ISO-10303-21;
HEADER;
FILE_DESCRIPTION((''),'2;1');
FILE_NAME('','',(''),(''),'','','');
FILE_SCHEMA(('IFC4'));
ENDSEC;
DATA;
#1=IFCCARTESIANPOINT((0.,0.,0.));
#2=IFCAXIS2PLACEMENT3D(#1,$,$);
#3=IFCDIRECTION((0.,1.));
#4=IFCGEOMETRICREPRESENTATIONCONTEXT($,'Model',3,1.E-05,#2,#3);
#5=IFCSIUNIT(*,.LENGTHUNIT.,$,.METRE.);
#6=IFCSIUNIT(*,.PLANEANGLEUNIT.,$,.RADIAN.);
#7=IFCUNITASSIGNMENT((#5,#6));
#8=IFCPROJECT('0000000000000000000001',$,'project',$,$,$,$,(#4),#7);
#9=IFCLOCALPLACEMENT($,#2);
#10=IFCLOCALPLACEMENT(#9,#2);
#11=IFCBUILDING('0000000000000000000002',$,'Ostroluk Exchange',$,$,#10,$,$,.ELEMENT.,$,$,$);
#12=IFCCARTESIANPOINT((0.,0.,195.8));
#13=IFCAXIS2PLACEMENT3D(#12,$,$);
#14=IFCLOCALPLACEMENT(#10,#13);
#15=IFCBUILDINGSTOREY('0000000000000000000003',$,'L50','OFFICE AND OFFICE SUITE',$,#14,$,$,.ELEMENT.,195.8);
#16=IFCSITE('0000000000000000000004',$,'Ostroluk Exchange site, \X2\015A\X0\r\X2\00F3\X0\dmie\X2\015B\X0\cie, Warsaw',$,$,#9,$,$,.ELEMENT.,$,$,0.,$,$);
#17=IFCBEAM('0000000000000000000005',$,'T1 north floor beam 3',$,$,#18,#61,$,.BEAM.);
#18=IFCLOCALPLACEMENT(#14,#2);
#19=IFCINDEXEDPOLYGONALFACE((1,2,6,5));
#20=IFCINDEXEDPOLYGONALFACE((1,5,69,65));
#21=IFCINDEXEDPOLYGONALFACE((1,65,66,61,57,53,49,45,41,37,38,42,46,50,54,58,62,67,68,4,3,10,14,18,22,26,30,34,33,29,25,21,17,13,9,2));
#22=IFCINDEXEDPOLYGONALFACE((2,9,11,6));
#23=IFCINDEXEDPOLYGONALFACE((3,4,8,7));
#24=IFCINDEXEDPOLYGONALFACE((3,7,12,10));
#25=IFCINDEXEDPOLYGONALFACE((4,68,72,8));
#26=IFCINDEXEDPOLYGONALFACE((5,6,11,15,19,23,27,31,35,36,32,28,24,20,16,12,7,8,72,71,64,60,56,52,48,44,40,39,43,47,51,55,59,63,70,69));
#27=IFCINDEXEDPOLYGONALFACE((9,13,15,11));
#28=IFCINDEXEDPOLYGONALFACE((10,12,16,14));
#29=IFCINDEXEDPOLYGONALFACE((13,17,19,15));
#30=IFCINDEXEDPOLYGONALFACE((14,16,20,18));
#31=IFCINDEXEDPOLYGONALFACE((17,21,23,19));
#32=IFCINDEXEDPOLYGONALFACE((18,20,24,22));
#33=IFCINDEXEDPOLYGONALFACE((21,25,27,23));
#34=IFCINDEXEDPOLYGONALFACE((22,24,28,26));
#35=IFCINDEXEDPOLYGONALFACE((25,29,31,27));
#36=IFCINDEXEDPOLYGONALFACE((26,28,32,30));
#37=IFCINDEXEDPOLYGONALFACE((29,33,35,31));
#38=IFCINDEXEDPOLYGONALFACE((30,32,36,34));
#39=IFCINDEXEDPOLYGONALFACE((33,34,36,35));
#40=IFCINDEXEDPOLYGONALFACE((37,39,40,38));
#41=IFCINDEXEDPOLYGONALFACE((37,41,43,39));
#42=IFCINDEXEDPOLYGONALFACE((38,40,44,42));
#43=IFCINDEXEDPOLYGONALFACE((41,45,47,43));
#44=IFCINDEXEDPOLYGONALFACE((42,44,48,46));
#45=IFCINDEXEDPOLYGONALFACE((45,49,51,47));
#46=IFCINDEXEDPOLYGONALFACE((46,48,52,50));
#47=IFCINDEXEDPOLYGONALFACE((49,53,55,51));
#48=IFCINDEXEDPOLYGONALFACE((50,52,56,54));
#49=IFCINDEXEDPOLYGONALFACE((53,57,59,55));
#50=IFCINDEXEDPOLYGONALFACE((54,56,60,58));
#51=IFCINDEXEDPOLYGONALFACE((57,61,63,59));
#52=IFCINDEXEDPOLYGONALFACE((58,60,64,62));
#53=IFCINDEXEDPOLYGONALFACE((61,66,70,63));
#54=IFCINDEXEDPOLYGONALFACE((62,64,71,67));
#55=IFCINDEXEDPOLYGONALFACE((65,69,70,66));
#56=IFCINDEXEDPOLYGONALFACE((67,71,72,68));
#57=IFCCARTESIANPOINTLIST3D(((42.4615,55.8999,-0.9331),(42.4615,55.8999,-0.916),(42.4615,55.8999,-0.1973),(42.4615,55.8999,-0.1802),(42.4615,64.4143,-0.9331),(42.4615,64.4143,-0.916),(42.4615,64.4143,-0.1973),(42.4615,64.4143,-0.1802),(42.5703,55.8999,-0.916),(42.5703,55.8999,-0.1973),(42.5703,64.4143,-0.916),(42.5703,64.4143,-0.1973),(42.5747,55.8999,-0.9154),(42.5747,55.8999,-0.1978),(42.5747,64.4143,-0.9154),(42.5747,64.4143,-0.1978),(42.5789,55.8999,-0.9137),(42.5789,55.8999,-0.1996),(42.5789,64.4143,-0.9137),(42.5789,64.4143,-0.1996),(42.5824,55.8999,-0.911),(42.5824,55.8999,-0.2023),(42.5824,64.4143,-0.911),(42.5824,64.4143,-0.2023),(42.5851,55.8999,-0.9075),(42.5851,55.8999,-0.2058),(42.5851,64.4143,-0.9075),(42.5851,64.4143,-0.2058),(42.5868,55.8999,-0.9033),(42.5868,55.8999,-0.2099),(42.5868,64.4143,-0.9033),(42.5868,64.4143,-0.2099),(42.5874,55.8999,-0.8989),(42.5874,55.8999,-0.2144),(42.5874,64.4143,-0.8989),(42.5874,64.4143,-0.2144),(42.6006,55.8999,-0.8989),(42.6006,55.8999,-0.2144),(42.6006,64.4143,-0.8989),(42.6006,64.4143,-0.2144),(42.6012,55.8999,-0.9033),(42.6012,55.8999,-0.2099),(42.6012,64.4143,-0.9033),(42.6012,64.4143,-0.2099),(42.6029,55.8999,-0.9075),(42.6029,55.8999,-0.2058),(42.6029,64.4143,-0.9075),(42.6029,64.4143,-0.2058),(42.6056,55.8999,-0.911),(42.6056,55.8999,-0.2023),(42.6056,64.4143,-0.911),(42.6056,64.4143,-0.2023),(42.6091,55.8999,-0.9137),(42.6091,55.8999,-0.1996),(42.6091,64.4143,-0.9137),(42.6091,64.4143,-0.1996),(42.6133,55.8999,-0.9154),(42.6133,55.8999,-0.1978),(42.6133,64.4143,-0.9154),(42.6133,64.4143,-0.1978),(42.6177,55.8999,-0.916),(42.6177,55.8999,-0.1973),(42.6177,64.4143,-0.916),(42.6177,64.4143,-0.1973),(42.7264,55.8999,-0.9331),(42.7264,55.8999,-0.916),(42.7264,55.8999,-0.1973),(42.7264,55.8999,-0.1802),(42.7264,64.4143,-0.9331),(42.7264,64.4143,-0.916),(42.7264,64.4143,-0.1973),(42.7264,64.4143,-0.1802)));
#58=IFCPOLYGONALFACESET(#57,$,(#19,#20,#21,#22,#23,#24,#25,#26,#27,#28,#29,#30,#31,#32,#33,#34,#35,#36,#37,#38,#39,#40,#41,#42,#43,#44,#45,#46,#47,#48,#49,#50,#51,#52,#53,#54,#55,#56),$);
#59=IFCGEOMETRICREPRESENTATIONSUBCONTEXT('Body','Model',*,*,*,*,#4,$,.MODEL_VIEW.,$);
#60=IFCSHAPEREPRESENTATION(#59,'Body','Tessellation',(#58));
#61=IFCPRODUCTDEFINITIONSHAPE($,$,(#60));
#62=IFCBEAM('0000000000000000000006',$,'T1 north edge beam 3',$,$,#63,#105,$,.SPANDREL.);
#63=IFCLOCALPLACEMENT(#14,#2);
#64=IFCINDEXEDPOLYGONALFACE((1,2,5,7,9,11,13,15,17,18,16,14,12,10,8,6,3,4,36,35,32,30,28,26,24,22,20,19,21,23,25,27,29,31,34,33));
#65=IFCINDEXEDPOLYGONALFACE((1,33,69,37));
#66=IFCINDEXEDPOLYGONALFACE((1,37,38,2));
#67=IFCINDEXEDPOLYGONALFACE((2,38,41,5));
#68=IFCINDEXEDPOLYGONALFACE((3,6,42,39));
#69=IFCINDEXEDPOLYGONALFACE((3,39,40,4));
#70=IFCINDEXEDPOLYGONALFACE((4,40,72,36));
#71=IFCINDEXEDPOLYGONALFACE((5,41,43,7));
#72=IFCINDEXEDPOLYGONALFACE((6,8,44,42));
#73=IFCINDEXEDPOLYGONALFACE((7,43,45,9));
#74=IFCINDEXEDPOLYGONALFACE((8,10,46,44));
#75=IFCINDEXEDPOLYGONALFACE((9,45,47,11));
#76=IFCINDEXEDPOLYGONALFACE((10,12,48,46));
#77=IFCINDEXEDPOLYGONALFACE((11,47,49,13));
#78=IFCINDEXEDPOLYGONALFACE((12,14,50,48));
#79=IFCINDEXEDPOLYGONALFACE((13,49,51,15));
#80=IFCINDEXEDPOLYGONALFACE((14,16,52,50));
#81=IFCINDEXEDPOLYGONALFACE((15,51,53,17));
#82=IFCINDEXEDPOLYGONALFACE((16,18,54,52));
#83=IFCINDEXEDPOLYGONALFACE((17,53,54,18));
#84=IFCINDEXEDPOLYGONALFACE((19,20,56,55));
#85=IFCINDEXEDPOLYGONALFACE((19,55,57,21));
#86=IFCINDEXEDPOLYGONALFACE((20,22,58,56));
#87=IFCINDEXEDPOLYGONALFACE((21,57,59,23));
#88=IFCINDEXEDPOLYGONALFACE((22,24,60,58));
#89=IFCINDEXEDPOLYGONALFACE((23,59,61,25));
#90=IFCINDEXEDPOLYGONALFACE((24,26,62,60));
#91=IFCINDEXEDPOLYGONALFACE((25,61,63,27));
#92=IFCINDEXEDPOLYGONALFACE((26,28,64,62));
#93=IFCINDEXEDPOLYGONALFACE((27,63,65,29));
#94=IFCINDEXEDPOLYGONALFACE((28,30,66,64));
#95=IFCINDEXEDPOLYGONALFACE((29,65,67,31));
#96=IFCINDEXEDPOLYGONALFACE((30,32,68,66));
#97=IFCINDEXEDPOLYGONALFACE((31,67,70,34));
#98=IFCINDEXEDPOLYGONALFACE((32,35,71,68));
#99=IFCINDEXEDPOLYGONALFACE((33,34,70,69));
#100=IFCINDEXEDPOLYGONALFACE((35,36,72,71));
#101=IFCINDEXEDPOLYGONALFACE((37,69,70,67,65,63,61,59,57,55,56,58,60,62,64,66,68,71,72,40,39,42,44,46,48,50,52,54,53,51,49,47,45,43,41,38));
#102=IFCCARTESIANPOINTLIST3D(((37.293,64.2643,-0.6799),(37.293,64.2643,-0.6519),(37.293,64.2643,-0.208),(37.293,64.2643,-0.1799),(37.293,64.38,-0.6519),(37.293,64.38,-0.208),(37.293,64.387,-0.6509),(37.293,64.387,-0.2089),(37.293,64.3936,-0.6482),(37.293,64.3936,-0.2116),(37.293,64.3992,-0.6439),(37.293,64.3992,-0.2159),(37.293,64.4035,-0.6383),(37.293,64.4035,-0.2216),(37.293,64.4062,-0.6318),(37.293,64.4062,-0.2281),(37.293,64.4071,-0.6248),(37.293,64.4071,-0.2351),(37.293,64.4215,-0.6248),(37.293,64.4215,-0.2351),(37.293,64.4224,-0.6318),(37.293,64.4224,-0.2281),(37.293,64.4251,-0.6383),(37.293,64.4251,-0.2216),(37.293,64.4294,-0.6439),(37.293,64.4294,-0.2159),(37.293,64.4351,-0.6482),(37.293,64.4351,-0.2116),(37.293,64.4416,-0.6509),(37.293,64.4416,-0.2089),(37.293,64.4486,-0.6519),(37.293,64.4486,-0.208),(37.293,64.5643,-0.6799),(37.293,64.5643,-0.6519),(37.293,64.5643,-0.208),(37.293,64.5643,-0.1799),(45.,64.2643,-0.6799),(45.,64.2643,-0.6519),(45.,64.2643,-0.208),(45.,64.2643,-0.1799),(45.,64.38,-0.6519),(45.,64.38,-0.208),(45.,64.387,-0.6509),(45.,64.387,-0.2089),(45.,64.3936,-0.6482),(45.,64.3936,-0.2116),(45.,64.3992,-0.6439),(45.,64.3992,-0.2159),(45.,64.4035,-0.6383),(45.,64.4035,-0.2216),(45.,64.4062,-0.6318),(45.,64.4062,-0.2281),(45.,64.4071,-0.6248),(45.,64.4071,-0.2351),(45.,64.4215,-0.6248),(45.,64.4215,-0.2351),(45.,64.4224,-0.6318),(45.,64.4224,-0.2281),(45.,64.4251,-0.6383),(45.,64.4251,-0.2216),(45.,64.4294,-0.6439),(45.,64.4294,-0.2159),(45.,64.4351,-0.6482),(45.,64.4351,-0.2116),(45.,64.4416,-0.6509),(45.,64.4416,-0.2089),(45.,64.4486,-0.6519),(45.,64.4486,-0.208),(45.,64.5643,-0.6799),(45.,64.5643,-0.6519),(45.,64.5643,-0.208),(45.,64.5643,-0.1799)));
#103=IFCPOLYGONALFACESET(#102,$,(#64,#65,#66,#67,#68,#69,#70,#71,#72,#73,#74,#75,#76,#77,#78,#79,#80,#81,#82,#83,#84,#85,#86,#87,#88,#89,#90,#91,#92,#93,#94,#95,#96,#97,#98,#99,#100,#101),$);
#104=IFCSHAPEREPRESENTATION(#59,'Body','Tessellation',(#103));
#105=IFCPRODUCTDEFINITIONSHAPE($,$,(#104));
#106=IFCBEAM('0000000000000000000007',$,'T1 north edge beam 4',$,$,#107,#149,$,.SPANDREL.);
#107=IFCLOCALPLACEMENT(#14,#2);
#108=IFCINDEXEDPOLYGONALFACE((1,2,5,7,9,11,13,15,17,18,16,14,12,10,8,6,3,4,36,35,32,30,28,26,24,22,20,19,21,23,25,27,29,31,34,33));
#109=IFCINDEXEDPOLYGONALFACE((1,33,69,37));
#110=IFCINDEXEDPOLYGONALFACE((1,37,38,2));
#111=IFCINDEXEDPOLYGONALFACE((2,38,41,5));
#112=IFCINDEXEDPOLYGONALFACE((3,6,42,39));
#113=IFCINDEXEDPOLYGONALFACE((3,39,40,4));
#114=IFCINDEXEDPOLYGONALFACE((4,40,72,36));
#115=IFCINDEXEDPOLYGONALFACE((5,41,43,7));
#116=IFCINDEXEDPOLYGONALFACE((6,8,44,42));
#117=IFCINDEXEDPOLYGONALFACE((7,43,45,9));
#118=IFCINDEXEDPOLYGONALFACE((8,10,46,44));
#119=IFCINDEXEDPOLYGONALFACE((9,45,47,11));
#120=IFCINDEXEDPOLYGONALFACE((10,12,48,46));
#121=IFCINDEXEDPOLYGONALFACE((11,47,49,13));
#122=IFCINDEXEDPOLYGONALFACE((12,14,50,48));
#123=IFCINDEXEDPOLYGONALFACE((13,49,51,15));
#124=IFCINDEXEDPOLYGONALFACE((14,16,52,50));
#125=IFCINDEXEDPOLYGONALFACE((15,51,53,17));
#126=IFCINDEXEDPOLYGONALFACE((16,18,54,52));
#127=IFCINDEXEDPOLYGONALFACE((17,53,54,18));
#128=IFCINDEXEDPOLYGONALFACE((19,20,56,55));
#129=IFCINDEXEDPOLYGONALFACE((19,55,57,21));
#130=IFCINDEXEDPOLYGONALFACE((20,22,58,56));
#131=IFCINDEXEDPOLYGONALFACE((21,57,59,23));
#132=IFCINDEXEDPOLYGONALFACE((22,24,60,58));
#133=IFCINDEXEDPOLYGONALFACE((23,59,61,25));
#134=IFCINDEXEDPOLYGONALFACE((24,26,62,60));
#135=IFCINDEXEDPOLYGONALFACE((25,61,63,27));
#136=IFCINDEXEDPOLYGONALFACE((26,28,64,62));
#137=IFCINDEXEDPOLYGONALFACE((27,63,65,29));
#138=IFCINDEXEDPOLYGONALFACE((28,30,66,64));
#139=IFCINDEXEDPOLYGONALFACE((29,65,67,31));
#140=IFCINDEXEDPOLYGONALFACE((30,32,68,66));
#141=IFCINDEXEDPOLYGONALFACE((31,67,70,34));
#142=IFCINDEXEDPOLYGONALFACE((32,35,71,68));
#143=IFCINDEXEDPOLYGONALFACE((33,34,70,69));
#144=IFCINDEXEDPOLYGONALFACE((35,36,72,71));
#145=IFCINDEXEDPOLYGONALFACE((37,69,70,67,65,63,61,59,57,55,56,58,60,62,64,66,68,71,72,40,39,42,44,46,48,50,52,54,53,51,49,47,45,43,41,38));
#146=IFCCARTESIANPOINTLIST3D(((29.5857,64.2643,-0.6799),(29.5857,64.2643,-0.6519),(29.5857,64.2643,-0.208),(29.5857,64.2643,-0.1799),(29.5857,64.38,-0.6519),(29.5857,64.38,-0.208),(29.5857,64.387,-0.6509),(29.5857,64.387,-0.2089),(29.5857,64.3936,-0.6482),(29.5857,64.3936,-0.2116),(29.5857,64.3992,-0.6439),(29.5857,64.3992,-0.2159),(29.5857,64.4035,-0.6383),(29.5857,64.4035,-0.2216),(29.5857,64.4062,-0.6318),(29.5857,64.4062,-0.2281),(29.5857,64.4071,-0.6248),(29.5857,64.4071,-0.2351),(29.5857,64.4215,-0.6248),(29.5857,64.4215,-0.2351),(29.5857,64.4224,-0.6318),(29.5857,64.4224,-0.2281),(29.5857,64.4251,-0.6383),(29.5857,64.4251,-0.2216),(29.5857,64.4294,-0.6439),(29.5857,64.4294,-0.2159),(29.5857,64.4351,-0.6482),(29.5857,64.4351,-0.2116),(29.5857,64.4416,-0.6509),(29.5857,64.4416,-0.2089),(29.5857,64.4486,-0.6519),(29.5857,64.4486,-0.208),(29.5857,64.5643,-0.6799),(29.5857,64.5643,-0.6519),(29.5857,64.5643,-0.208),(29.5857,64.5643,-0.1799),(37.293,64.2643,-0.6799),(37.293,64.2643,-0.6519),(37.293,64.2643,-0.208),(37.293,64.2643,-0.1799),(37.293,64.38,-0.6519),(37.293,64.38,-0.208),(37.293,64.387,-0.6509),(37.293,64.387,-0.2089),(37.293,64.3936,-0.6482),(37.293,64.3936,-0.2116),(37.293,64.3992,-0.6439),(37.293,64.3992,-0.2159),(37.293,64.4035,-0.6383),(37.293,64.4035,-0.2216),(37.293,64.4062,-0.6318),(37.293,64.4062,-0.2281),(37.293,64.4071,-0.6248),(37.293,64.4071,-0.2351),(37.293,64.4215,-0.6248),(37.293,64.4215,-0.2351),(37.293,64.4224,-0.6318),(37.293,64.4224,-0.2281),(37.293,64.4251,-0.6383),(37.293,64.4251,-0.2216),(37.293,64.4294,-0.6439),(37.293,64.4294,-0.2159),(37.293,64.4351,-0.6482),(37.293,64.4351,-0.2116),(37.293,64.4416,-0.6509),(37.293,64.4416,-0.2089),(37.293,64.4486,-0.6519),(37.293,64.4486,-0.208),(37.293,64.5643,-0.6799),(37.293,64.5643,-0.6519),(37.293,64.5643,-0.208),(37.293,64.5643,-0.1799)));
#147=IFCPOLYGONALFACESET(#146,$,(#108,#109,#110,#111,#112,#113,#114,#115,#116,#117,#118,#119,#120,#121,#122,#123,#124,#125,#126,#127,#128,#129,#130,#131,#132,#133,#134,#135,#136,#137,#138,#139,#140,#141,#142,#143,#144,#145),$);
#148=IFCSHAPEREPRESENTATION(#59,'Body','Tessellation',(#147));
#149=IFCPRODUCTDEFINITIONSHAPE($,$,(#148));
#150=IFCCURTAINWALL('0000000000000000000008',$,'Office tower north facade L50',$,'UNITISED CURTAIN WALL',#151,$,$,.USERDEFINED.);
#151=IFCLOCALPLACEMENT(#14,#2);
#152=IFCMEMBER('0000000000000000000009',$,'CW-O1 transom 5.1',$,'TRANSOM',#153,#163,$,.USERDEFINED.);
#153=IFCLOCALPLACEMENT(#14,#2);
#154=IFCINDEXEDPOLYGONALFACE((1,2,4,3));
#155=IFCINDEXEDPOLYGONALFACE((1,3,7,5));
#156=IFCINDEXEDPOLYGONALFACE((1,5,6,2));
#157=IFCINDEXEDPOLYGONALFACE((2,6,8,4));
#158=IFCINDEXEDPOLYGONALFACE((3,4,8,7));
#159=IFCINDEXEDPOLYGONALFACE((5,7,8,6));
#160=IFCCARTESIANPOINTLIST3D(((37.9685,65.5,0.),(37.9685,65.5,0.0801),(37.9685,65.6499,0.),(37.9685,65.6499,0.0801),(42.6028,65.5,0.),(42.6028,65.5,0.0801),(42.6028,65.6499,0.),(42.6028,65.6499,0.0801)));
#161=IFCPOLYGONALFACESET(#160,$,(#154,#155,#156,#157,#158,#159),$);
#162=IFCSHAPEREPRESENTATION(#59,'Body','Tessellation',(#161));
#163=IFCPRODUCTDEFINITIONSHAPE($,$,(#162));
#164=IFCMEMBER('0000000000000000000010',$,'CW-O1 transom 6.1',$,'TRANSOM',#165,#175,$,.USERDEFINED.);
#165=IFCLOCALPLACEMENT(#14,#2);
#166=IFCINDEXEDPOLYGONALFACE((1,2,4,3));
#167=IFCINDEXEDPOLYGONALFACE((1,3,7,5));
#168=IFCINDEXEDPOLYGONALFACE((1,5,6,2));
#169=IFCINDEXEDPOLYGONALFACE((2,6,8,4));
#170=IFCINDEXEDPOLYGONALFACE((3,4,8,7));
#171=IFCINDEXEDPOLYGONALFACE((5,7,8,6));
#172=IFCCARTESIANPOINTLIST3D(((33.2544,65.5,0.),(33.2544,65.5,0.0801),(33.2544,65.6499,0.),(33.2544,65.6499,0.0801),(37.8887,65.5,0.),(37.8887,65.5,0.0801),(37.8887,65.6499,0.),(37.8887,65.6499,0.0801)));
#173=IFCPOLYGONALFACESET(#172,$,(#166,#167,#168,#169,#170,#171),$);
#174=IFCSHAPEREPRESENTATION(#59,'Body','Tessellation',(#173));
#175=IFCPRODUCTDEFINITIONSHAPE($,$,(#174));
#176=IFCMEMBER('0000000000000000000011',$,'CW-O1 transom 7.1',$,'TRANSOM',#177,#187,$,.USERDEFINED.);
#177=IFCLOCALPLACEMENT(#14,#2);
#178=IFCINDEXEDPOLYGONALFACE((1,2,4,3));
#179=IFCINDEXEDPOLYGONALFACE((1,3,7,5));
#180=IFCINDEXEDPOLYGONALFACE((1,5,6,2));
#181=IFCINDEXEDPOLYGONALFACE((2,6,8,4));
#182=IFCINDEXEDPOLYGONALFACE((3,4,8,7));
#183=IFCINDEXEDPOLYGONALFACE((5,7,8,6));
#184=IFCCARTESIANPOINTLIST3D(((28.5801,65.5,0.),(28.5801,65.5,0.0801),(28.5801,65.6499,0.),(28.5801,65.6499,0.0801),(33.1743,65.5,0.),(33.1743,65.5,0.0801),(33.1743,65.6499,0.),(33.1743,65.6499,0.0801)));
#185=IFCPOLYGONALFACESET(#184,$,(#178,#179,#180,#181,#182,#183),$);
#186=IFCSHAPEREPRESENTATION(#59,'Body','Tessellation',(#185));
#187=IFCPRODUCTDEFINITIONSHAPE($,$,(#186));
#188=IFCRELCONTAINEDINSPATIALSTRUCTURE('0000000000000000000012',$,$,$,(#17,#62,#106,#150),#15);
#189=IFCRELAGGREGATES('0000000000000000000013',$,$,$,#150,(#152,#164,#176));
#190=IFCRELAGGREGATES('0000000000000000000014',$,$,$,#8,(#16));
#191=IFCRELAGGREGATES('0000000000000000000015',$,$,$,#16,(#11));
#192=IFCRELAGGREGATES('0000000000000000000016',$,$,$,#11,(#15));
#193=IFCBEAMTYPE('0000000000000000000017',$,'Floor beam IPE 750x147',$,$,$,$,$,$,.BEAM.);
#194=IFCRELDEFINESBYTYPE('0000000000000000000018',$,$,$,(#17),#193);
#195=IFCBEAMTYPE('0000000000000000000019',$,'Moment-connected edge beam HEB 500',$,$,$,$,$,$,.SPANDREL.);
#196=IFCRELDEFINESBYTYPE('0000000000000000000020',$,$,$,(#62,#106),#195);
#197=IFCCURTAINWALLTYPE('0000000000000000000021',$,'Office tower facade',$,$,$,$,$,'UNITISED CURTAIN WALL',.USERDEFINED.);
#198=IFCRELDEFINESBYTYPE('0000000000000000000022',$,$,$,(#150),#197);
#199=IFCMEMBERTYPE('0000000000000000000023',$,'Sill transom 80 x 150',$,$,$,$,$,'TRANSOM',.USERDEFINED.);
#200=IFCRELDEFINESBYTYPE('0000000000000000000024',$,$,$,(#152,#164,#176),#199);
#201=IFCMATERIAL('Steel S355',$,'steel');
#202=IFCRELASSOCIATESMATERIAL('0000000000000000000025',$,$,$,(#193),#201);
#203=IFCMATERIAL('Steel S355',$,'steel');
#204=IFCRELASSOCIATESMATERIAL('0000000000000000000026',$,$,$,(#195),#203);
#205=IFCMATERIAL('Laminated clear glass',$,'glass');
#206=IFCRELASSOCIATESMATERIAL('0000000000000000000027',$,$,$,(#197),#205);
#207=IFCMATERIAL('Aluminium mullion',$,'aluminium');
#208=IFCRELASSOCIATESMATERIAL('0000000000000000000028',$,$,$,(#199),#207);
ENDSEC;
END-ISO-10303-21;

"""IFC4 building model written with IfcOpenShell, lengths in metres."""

from ifc_helpers import new_model, si_unit, direction, frame, origin, origin_2d, place, context, subcontext, project, spatial, rectangle, i_section, extrude, material, material_profile, profile_set, type_object, element, aggregate, save


model = new_model("IFC4")

# Units and contexts
model_context = context("Model", 3, precision=1e-05, world=origin(), true_north=direction((0.0, 1.0)))
body_context = subcontext(model_context, "Body", "Model", "MODEL_VIEW")
ifc_project = project(units=[si_unit("LENGTHUNIT", "METRE"), si_unit("PLANEANGLEUNIT", "RADIAN")], contexts=[model_context])

# Site, building, storey
site_placement = place(None, origin())
site = spatial("IfcSite", under=ifc_project, at=site_placement, Name="Ostroluk Exchange site, Śródmieście, Warsaw", CompositionType="ELEMENT", RefElevation=0.0)
building_placement = place(site_placement, origin())
building = spatial("IfcBuilding", under=site, at=building_placement, Name="Ostroluk Exchange", CompositionType="ELEMENT")
storey_placement = place(building_placement, frame((0.0, 0.0, 195.8)))
storey = spatial("IfcBuildingStorey", under=building, at=storey_placement, Name="L50", Description="OFFICE AND OFFICE SUITE", CompositionType="ELEMENT", Elevation=195.8)

# Beams
ifc_material_1 = material(Name="Steel S355", Category="steel")
ifc_material_profile_1 = material_profile(ifc_material_1, i_section(OverallWidth=0.2649, OverallDepth=0.7529, WebThickness=0.0132, FlangeThickness=0.0171, FilletRadius=0.0171, at=origin_2d()), Name="IPE 750x147")
ifc_profile_set_1 = profile_set([ifc_material_profile_1], Name="Steel S355")
beam_type_1 = type_object("IfcBeamType", Name="Floor beam IPE 750x147", PredefinedType="BEAM", material=ifc_profile_set_1)
beam_1_placement = place(storey_placement, frame((42.594, 55.8999, -0.5566), z_axis=(0.0, 1.0, 0.0), x_axis=(-1.0, 0.0, 0.0)))
element("IfcBeam", 1, at=beam_1_placement, inside=storey, type_object=beam_type_1, Name="T1 north floor beam 3", PredefinedType="BEAM", context=body_context, shape_type="SweptSolid", body=[
    extrude(i_section(OverallWidth=0.2649, OverallDepth=0.7529, WebThickness=0.0132, FlangeThickness=0.0171, FilletRadius=0.0171, at=origin_2d()), origin(), (0.0, 0.0, 1.0), 8.5144),
])
ifc_material_2 = material(Name="Steel S355", Category="steel")
ifc_material_profile_2 = material_profile(ifc_material_2, i_section(OverallWidth=0.3, OverallDepth=0.5, WebThickness=0.0144, FlangeThickness=0.0281, FilletRadius=0.0271, at=origin_2d()), Name="HEB 500")
ifc_profile_set_2 = profile_set([ifc_material_profile_2], Name="Steel S355")
beam_type_2 = type_object("IfcBeamType", Name="Moment-connected edge beam HEB 500", PredefinedType="SPANDREL", material=ifc_profile_set_2)
beam_2_placement = place(storey_placement, frame((45.0, 64.4143, -0.4299), z_axis=(-1.0, 0.0, 0.0), x_axis=(0.0, -1.0, 0.0)))
element("IfcBeam", 2, at=beam_2_placement, inside=storey, type_object=beam_type_2, Name="T1 north edge beam 3", PredefinedType="SPANDREL", context=body_context, shape_type="SweptSolid", body=[
    extrude(i_section(OverallWidth=0.3, OverallDepth=0.5, WebThickness=0.0144, FlangeThickness=0.0281, FilletRadius=0.0271, at=origin_2d()), origin(), (0.0, 0.0, 1.0), 7.707),
])
beam_3_placement = place(storey_placement, frame((37.293, 64.4143, -0.4299), z_axis=(-1.0, 0.0, 0.0), x_axis=(0.0, -1.0, 0.0)))
element("IfcBeam", 3, at=beam_3_placement, inside=storey, type_object=beam_type_2, Name="T1 north edge beam 4", PredefinedType="SPANDREL", context=body_context, shape_type="SweptSolid", body=[
    extrude(i_section(OverallWidth=0.3, OverallDepth=0.5, WebThickness=0.0144, FlangeThickness=0.0281, FilletRadius=0.0271, at=origin_2d()), origin(), (0.0, 0.0, 1.0), 7.7073),
])

# Curtain wall, members
ifc_material_3 = material(Name="Laminated clear glass", Category="glass")
curtain_wall_type = type_object("IfcCurtainWallType", Name="Office tower facade", ElementType="UNITISED CURTAIN WALL", PredefinedType="USERDEFINED", material=ifc_material_3)
curtain_wall_placement = place(storey_placement, origin())
curtain_wall = element("IfcCurtainWall", 4, at=curtain_wall_placement, inside=storey, type_object=curtain_wall_type, Name="Office tower north facade L50", ObjectType="UNITISED CURTAIN WALL", PredefinedType="USERDEFINED")
ifc_material_4 = material(Name="Aluminium mullion", Category="aluminium")
ifc_material_profile_3 = material_profile(ifc_material_4, rectangle(XDim=0.1499, YDim=0.0801, at=origin_2d()), Name="Sill transom 80 x 150")
ifc_profile_set_3 = profile_set([ifc_material_profile_3], Name="Aluminium mullion")
member_type_1 = type_object("IfcMemberType", Name="Sill transom 80 x 150", ElementType="TRANSOM", PredefinedType="USERDEFINED", material=ifc_profile_set_3)
member_1_placement = place(storey_placement, frame((42.6028, 65.575, 0.04), z_axis=(-1.0, 0.0, 0.0), x_axis=(0.0, -1.0, 0.0)))
member_1 = element("IfcMember", 5, at=member_1_placement, type_object=member_type_1, Name="CW-O1 transom 5.1", ObjectType="TRANSOM", PredefinedType="USERDEFINED", context=body_context, shape_type="SweptSolid", body=[
    extrude(rectangle(XDim=0.1499, YDim=0.0801, at=origin_2d()), origin(), (0.0, 0.0, 1.0), 4.6343),
])
member_2_placement = place(storey_placement, frame((37.8887, 65.575, 0.04), z_axis=(-1.0, 0.0, 0.0), x_axis=(0.0, -1.0, 0.0)))
member_2 = element("IfcMember", 6, at=member_2_placement, type_object=member_type_1, Name="CW-O1 transom 6.1", ObjectType="TRANSOM", PredefinedType="USERDEFINED", context=body_context, shape_type="SweptSolid", body=[
    extrude(rectangle(XDim=0.1499, YDim=0.0801, at=origin_2d()), origin(), (0.0, 0.0, 1.0), 4.6343),
])
member_3_placement = place(storey_placement, frame((33.1743, 65.575, 0.04), z_axis=(-1.0, 0.0, 0.0), x_axis=(0.0, -1.0, 0.0)))
member_3 = element("IfcMember", 7, at=member_3_placement, type_object=member_type_1, Name="CW-O1 transom 7.1", ObjectType="TRANSOM", PredefinedType="USERDEFINED", context=body_context, shape_type="SweptSolid", body=[
    extrude(rectangle(XDim=0.1499, YDim=0.0801, at=origin_2d()), origin(), (0.0, 0.0, 1.0), 4.5942),
])
aggregate(curtain_wall, [member_1, member_2, member_3])

save(model, "model.ifc")
